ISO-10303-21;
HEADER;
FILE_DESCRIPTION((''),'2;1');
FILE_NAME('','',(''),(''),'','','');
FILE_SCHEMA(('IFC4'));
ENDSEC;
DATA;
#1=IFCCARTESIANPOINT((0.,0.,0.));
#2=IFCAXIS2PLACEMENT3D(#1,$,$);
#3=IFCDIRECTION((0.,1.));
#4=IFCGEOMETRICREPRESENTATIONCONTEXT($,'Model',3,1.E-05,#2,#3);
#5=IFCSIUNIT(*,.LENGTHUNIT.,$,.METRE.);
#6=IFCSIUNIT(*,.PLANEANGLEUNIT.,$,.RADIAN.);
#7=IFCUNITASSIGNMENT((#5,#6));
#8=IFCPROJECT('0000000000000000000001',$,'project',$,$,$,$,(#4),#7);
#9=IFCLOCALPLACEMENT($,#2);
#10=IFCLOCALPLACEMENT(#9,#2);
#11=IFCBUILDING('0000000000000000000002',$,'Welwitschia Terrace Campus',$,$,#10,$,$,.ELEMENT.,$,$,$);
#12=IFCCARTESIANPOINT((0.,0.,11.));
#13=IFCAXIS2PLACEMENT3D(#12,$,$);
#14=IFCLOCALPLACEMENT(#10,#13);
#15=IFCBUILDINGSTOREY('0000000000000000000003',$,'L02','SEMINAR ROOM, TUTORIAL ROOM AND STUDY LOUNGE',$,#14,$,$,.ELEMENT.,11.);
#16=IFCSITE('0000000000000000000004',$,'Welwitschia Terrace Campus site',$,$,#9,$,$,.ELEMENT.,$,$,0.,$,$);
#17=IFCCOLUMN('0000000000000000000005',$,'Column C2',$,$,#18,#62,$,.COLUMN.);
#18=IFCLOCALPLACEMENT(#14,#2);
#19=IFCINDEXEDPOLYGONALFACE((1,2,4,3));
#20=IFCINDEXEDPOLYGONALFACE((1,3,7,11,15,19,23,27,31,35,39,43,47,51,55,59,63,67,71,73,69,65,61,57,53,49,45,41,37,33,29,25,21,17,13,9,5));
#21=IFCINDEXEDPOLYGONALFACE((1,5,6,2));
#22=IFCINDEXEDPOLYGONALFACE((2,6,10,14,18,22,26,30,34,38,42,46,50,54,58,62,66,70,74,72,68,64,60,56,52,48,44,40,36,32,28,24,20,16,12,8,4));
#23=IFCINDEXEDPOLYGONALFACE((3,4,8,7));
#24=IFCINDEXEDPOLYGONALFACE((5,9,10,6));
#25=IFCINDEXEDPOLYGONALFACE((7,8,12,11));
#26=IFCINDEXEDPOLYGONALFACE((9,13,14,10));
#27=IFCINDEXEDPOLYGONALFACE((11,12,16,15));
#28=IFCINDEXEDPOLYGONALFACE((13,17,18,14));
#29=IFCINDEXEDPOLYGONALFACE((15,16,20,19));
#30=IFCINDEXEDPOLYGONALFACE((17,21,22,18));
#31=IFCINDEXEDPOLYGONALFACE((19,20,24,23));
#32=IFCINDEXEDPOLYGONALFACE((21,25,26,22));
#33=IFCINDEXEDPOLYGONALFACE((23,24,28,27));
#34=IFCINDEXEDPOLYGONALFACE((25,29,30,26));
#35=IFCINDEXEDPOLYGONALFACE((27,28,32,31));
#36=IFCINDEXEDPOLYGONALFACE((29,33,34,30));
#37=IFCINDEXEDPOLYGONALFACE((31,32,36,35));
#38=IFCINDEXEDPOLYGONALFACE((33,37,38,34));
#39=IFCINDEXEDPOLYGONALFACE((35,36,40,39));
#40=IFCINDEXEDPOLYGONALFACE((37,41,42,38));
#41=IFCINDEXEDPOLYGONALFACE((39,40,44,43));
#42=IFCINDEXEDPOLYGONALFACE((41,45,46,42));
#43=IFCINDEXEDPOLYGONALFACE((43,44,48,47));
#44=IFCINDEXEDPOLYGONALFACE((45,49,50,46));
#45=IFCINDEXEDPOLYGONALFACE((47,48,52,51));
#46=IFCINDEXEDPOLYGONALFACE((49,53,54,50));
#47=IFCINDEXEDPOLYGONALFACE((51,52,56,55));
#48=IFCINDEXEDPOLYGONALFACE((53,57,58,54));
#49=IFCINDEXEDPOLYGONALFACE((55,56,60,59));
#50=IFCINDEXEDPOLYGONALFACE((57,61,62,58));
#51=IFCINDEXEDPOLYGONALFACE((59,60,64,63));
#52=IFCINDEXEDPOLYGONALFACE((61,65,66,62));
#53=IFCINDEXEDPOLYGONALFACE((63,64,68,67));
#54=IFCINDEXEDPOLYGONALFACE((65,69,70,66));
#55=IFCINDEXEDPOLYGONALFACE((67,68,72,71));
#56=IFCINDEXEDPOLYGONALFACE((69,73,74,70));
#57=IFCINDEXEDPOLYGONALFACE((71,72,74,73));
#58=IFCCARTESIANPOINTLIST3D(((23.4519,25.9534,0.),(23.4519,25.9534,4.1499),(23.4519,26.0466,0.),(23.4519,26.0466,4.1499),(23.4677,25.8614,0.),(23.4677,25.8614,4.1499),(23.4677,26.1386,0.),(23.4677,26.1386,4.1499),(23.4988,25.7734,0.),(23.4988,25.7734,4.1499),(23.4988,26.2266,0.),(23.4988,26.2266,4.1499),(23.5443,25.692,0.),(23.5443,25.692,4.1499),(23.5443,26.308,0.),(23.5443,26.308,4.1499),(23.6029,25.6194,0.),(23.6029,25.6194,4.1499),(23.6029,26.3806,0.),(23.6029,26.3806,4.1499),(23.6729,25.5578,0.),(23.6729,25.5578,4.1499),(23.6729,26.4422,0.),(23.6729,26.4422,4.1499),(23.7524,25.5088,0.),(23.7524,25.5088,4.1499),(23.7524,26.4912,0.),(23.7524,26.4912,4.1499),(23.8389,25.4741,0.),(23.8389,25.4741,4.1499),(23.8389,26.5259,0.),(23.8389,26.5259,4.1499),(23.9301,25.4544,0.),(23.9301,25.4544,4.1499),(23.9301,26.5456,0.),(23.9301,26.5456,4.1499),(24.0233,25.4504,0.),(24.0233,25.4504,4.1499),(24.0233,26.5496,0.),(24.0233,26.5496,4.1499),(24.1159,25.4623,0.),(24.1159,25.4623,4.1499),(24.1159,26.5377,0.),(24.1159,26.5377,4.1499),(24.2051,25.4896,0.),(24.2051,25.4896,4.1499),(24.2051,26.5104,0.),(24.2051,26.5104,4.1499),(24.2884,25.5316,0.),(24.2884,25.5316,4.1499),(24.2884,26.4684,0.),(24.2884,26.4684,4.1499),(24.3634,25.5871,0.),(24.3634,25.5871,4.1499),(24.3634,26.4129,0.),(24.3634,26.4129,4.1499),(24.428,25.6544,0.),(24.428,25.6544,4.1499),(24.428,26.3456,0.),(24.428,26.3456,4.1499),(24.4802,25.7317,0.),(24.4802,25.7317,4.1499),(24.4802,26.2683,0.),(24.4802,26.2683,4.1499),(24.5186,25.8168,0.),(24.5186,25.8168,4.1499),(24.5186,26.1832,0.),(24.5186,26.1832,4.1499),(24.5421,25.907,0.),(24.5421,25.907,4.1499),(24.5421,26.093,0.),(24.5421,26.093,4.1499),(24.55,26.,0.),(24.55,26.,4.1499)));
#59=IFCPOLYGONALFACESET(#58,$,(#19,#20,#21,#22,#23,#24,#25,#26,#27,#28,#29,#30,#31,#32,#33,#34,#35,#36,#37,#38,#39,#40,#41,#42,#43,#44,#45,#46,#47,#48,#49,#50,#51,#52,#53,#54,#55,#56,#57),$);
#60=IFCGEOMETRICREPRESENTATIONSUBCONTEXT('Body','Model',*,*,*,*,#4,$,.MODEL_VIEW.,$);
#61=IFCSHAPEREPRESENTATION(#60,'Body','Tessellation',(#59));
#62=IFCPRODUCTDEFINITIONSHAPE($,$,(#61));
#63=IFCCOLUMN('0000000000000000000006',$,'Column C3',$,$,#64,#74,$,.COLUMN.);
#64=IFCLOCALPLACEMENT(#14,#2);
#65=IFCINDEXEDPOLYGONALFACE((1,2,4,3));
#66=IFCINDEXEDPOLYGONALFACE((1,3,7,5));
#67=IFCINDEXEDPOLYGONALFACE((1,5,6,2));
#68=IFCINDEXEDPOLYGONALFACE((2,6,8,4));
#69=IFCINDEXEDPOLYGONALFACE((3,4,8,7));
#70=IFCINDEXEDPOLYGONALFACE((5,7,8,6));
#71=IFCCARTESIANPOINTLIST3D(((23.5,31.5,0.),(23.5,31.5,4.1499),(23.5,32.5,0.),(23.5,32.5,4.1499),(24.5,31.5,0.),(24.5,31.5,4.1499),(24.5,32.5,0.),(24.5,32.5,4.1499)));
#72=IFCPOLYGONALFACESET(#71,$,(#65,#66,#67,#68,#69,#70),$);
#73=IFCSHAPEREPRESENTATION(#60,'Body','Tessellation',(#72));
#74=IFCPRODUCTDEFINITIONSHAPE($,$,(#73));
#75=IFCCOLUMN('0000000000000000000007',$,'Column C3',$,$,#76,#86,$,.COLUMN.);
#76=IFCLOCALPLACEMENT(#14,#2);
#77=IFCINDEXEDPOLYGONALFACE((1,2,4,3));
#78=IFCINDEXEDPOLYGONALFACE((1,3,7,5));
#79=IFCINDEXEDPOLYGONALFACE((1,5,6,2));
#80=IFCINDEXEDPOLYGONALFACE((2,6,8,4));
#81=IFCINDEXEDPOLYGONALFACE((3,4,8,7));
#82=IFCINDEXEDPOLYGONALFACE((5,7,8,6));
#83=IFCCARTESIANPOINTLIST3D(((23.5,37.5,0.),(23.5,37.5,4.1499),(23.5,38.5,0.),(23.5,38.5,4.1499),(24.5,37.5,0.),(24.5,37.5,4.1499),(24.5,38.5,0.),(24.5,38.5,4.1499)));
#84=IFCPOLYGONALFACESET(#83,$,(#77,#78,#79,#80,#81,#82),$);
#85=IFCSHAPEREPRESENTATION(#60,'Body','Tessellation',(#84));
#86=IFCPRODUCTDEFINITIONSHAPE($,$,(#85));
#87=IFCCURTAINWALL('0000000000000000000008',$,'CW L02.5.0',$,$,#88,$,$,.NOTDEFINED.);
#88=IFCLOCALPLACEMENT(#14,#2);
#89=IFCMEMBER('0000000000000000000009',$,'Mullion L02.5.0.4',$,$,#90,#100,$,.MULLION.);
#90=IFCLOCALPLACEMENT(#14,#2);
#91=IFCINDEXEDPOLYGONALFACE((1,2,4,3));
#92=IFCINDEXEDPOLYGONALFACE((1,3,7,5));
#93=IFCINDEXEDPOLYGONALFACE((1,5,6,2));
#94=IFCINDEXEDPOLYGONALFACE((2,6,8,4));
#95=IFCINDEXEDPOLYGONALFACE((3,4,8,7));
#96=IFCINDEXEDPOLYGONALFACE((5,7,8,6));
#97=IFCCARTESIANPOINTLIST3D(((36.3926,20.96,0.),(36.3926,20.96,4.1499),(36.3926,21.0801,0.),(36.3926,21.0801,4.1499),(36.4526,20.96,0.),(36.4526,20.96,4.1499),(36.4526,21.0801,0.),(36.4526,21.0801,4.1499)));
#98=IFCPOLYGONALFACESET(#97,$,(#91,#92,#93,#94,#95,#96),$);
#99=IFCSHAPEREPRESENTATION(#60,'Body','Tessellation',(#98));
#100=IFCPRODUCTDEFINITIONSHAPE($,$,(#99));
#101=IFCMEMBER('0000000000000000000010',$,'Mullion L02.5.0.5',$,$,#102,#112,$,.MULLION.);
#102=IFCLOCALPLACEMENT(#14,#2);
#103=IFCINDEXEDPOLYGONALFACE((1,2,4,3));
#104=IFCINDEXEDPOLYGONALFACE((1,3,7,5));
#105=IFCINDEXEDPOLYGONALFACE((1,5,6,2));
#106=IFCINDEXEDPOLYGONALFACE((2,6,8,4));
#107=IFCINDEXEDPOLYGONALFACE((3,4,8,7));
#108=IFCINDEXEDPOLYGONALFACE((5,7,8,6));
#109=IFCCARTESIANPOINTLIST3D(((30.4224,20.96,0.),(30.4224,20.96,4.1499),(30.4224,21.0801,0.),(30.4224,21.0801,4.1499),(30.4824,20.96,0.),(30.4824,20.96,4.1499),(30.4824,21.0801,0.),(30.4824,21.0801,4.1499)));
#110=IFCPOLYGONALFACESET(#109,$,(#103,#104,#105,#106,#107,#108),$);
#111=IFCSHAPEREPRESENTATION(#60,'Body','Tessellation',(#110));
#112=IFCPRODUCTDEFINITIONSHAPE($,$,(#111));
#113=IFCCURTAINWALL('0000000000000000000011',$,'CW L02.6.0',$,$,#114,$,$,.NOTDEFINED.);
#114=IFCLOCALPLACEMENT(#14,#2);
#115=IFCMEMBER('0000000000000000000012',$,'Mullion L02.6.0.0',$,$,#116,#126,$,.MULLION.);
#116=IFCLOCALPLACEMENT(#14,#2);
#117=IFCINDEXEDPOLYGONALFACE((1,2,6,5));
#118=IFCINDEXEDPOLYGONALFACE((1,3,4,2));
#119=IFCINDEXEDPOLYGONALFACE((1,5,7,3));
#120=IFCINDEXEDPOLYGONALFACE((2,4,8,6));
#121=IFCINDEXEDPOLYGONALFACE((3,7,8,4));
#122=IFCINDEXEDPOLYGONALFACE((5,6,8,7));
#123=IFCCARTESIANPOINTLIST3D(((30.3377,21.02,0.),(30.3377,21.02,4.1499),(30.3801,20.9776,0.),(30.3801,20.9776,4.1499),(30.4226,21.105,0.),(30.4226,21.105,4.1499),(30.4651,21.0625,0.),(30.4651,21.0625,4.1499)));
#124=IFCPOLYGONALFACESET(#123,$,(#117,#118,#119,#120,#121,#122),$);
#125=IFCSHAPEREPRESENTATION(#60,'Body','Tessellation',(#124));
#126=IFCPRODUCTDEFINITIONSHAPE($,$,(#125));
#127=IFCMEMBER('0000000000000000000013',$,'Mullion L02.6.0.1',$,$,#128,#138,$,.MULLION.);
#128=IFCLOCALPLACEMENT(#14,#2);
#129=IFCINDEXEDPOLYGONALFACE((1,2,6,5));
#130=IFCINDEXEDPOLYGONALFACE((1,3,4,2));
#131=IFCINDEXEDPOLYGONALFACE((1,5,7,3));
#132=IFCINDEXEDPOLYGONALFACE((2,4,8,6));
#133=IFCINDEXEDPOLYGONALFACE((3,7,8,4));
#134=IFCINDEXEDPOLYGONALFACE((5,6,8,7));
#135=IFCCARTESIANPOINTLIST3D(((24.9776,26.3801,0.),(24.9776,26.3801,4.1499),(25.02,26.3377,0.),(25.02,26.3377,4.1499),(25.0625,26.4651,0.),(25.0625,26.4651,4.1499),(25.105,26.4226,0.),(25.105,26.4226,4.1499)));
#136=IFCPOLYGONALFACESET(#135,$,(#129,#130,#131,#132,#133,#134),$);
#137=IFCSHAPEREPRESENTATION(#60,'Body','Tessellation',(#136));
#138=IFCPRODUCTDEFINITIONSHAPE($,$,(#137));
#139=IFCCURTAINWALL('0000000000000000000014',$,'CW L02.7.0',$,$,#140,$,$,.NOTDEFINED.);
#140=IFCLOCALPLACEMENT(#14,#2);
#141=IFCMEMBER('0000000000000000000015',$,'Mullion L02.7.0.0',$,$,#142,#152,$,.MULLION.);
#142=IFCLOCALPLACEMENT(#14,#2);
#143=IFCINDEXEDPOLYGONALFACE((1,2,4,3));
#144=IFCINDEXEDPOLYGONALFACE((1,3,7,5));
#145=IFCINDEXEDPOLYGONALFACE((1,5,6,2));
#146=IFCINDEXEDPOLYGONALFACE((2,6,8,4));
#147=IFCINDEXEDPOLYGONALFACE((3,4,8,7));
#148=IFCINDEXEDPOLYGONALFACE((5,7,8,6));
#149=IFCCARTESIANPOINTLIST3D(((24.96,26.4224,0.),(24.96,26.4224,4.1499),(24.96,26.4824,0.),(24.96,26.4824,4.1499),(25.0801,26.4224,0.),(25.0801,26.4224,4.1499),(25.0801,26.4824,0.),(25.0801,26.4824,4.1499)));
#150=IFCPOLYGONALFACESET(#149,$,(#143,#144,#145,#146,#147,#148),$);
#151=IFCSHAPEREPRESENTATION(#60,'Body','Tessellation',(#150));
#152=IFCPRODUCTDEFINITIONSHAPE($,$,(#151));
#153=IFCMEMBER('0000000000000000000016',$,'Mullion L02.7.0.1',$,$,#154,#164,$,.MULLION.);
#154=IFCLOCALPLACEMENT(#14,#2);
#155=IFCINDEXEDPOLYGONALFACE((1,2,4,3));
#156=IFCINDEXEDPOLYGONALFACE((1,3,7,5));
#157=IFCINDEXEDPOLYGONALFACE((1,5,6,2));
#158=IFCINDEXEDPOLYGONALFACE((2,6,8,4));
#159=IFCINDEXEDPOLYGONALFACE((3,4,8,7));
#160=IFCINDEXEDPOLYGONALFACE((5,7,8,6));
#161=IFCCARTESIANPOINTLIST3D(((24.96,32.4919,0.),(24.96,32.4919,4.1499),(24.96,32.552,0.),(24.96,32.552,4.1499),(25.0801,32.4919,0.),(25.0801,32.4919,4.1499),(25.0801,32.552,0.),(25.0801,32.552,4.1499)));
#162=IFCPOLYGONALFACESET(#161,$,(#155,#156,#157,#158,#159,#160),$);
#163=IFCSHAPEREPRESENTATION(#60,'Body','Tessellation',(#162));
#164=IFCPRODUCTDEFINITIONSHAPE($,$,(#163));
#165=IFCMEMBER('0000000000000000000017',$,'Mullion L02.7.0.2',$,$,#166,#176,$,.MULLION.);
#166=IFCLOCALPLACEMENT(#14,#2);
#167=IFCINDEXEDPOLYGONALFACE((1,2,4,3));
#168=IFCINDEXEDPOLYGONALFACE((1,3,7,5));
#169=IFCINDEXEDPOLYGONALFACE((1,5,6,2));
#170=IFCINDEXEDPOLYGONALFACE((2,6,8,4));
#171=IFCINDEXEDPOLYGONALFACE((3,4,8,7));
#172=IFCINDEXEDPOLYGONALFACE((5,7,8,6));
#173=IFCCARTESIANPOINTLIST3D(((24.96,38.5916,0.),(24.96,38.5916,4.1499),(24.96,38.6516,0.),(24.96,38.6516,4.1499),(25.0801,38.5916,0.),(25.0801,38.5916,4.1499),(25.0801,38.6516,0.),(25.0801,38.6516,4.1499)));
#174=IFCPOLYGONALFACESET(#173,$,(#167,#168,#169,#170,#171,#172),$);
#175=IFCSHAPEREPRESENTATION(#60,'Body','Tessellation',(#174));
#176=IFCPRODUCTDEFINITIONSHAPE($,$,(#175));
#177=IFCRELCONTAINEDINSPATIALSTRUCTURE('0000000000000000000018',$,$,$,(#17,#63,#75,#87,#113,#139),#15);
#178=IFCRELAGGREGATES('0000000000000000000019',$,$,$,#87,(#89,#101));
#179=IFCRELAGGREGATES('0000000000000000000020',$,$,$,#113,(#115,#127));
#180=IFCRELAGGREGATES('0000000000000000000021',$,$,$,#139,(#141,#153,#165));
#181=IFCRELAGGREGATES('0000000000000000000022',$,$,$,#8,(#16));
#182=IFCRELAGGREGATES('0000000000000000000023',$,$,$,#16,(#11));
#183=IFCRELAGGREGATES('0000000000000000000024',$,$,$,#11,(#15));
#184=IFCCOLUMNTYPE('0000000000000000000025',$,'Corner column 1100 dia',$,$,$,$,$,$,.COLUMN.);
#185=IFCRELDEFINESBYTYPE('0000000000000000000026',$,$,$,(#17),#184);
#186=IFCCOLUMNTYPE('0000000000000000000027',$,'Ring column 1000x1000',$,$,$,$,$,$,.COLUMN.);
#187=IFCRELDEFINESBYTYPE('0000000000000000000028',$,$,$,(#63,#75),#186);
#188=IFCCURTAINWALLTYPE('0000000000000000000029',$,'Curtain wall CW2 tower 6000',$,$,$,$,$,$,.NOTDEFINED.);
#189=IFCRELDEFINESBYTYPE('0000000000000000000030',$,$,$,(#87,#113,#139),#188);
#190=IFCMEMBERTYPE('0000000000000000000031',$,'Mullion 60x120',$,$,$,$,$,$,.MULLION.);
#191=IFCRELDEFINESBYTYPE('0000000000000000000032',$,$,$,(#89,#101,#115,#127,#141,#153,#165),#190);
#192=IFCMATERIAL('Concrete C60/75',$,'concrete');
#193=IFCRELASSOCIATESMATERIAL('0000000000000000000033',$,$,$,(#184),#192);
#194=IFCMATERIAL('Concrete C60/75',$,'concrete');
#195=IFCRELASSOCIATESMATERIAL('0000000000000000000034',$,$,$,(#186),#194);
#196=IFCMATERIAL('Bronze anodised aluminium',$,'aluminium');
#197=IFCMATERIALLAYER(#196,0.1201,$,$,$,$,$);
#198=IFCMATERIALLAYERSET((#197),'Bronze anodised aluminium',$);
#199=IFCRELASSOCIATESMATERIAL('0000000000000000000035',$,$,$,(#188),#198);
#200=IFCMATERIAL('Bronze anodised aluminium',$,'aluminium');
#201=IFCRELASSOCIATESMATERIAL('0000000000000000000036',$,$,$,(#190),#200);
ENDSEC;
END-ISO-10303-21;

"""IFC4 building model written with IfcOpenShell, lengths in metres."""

from ifc_helpers import new_model, si_unit, direction, frame, origin, origin_2d, place, context, subcontext, project, spatial, rectangle, circle, extrude, material, layer, layer_set, material_profile, profile_set, type_object, element, aggregate, save


model = new_model("IFC4")

# Units and contexts
model_context = context("Model", 3, precision=1e-05, world=origin(), true_north=direction((0.0, 1.0)))
body_context = subcontext(model_context, "Body", "Model", "MODEL_VIEW")
ifc_project = project(units=[si_unit("LENGTHUNIT", "METRE"), si_unit("PLANEANGLEUNIT", "RADIAN")], contexts=[model_context])

# Site, building, storey
site_placement = place(None, origin())
site = spatial("IfcSite", under=ifc_project, at=site_placement, Name="Welwitschia Terrace Campus site", CompositionType="ELEMENT", RefElevation=0.0)
building_placement = place(site_placement, origin())
building = spatial("IfcBuilding", under=site, at=building_placement, Name="Welwitschia Terrace Campus", CompositionType="ELEMENT")
storey_placement = place(building_placement, frame((0.0, 0.0, 11.0)))
storey = spatial("IfcBuildingStorey", under=building, at=storey_placement, Name="L02", Description="SEMINAR ROOM, TUTORIAL ROOM AND STUDY LOUNGE", CompositionType="ELEMENT", Elevation=11.0)

# Columns
ifc_material_1 = material(Name="Concrete C60/75", Category="concrete")
ifc_material_profile_1 = material_profile(ifc_material_1, circle(Radius=0.55, at=origin_2d()))
ifc_profile_set_1 = profile_set([ifc_material_profile_1], Name="Concrete C60/75")
column_type_1 = type_object("IfcColumnType", Name="Corner column 1100 dia", PredefinedType="COLUMN", material=ifc_profile_set_1)
column_placement = place(storey_placement, frame((24.0, 26.0, 0.0), z_axis=(0.0, 0.0, 1.0), x_axis=(1.0, 0.0, 0.0)))
element("IfcColumn", 1, at=column_placement, inside=storey, type_object=column_type_1, Name="Column C2", PredefinedType="COLUMN", context=body_context, shape_type="SweptSolid", body=[
    extrude(circle(Radius=0.55, at=origin_2d()), origin(), (0.0, 0.0, 1.0), 4.1499),
])
ifc_material_2 = material(Name="Concrete C60/75", Category="concrete")
ifc_material_profile_2 = material_profile(ifc_material_2, rectangle(XDim=1.0, YDim=1.0, at=origin_2d()))
ifc_profile_set_2 = profile_set([ifc_material_profile_2], Name="Concrete C60/75")
column_type_2 = type_object("IfcColumnType", Name="Ring column 1000x1000", PredefinedType="COLUMN", material=ifc_profile_set_2)
for number, where, z_axis, x_axis, name in (
    (2, (24.0, 32.0, 0.0), (0.0, 0.0, 1.0), (1.0, 0.0, 0.0), "Column C3"),
    (3, (24.0, 38.0, 0.0), (0.0, 0.0, 1.0), (1.0, 0.0, 0.0), "Column C3"),
):
    element("IfcColumn", number, at=place(storey_placement, frame(where, z_axis=z_axis, x_axis=x_axis)), inside=storey, type_object=column_type_2, Name=name, PredefinedType="COLUMN", context=body_context, shape_type="SweptSolid", body=[
        extrude(rectangle(XDim=1.0, YDim=1.0, at=origin_2d()), origin(), (0.0, 0.0, 1.0), 4.1499),
    ])

# Curtain walls, members
ifc_material_3 = material(Name="Bronze anodised aluminium", Category="aluminium")
ifc_layer_1 = layer(ifc_material_3, 0.1201)
ifc_layer_set_1 = layer_set([ifc_layer_1], Name="Bronze anodised aluminium")
curtain_wall_type = type_object("IfcCurtainWallType", Name="Curtain wall CW2 tower 6000", PredefinedType="NOTDEFINED", material=ifc_layer_set_1)
curtain_wall_1_placement = place(storey_placement, origin())
curtain_wall_1 = element("IfcCurtainWall", 4, at=curtain_wall_1_placement, inside=storey, type_object=curtain_wall_type, Name="CW L02.5.0", PredefinedType="NOTDEFINED")
ifc_material_4 = material(Name="Bronze anodised aluminium", Category="aluminium")
ifc_material_profile_3 = material_profile(ifc_material_4, rectangle(XDim=0.1201, YDim=0.0601, at=origin_2d()))
ifc_profile_set_3 = profile_set([ifc_material_profile_3], Name="Bronze anodised aluminium")
member_type_1 = type_object("IfcMemberType", Name="Mullion 60x120", PredefinedType="MULLION", material=ifc_profile_set_3)
member_1_placement = place(storey_placement, frame((36.4226, 21.02, 0.0), z_axis=(0.0, 0.0, 1.0), x_axis=(0.0, -1.0, 0.0)))
member_1 = element("IfcMember", 5, at=member_1_placement, type_object=member_type_1, Name="Mullion L02.5.0.4", PredefinedType="MULLION", context=body_context, shape_type="SweptSolid", body=[
    extrude(rectangle(XDim=0.1201, YDim=0.0601, at=origin_2d()), origin(), (0.0, 0.0, 1.0), 4.1499),
])
member_2_placement = place(storey_placement, frame((30.4524, 21.02, 0.0), z_axis=(0.0, 0.0, 1.0), x_axis=(0.0, -1.0, 0.0)))
member_2 = element("IfcMember", 6, at=member_2_placement, type_object=member_type_1, Name="Mullion L02.5.0.5", PredefinedType="MULLION", context=body_context, shape_type="SweptSolid", body=[
    extrude(rectangle(XDim=0.1201, YDim=0.0601, at=origin_2d()), origin(), (0.0, 0.0, 1.0), 4.1499),
])
curtain_wall_2_placement = place(storey_placement, origin())
curtain_wall_2 = element("IfcCurtainWall", 7, at=curtain_wall_2_placement, inside=storey, type_object=curtain_wall_type, Name="CW L02.6.0", PredefinedType="NOTDEFINED")
member_3_placement = place(storey_placement, frame((30.4014, 21.0413, 0.0), z_axis=(0.0, 0.0, 1.0), x_axis=(-0.707107, -0.707107, 0.0)))
member_3 = element("IfcMember", 8, at=member_3_placement, type_object=member_type_1, Name="Mullion L02.6.0.0", PredefinedType="MULLION", context=body_context, shape_type="SweptSolid", body=[
    extrude(rectangle(XDim=0.1201, YDim=0.0601, at=origin_2d()), origin(), (0.0, 0.0, 1.0), 4.1499),
])
member_4_placement = place(storey_placement, frame((25.0413, 26.4014, 0.0), z_axis=(0.0, 0.0, 1.0), x_axis=(-0.707107, -0.707107, 0.0)))
member_4 = element("IfcMember", 9, at=member_4_placement, type_object=member_type_1, Name="Mullion L02.6.0.1", PredefinedType="MULLION", context=body_context, shape_type="SweptSolid", body=[
    extrude(rectangle(XDim=0.1201, YDim=0.0601, at=origin_2d()), origin(), (0.0, 0.0, 1.0), 4.1499),
])
curtain_wall_3_placement = place(storey_placement, origin())
curtain_wall_3 = element("IfcCurtainWall", 10, at=curtain_wall_3_placement, inside=storey, type_object=curtain_wall_type, Name="CW L02.7.0", PredefinedType="NOTDEFINED")
member_5_placement = place(storey_placement, frame((25.02, 26.4524, 0.0), z_axis=(0.0, 0.0, 1.0), x_axis=(-1.0, 0.0, 0.0)))
member_5 = element("IfcMember", 11, at=member_5_placement, type_object=member_type_1, Name="Mullion L02.7.0.0", PredefinedType="MULLION", context=body_context, shape_type="SweptSolid", body=[
    extrude(rectangle(XDim=0.1201, YDim=0.0601, at=origin_2d()), origin(), (0.0, 0.0, 1.0), 4.1499),
])
member_6_placement = place(storey_placement, frame((25.02, 32.522, 0.0), z_axis=(0.0, 0.0, 1.0), x_axis=(-1.0, 0.0, 0.0)))
member_6 = element("IfcMember", 12, at=member_6_placement, type_object=member_type_1, Name="Mullion L02.7.0.1", PredefinedType="MULLION", context=body_context, shape_type="SweptSolid", body=[
    extrude(rectangle(XDim=0.1201, YDim=0.0601, at=origin_2d()), origin(), (0.0, 0.0, 1.0), 4.1499),
])
member_7_placement = place(storey_placement, frame((25.02, 38.6216, 0.0), z_axis=(0.0, 0.0, 1.0), x_axis=(-1.0, 0.0, 0.0)))
member_7 = element("IfcMember", 13, at=member_7_placement, type_object=member_type_1, Name="Mullion L02.7.0.2", PredefinedType="MULLION", context=body_context, shape_type="SweptSolid", body=[
    extrude(rectangle(XDim=0.1201, YDim=0.0601, at=origin_2d()), origin(), (0.0, 0.0, 1.0), 4.1499),
])

aggregate(curtain_wall_1, [member_1, member_2])
aggregate(curtain_wall_2, [member_3, member_4])
aggregate(curtain_wall_3, [member_5, member_6, member_7])

save(model, "model.ifc")
